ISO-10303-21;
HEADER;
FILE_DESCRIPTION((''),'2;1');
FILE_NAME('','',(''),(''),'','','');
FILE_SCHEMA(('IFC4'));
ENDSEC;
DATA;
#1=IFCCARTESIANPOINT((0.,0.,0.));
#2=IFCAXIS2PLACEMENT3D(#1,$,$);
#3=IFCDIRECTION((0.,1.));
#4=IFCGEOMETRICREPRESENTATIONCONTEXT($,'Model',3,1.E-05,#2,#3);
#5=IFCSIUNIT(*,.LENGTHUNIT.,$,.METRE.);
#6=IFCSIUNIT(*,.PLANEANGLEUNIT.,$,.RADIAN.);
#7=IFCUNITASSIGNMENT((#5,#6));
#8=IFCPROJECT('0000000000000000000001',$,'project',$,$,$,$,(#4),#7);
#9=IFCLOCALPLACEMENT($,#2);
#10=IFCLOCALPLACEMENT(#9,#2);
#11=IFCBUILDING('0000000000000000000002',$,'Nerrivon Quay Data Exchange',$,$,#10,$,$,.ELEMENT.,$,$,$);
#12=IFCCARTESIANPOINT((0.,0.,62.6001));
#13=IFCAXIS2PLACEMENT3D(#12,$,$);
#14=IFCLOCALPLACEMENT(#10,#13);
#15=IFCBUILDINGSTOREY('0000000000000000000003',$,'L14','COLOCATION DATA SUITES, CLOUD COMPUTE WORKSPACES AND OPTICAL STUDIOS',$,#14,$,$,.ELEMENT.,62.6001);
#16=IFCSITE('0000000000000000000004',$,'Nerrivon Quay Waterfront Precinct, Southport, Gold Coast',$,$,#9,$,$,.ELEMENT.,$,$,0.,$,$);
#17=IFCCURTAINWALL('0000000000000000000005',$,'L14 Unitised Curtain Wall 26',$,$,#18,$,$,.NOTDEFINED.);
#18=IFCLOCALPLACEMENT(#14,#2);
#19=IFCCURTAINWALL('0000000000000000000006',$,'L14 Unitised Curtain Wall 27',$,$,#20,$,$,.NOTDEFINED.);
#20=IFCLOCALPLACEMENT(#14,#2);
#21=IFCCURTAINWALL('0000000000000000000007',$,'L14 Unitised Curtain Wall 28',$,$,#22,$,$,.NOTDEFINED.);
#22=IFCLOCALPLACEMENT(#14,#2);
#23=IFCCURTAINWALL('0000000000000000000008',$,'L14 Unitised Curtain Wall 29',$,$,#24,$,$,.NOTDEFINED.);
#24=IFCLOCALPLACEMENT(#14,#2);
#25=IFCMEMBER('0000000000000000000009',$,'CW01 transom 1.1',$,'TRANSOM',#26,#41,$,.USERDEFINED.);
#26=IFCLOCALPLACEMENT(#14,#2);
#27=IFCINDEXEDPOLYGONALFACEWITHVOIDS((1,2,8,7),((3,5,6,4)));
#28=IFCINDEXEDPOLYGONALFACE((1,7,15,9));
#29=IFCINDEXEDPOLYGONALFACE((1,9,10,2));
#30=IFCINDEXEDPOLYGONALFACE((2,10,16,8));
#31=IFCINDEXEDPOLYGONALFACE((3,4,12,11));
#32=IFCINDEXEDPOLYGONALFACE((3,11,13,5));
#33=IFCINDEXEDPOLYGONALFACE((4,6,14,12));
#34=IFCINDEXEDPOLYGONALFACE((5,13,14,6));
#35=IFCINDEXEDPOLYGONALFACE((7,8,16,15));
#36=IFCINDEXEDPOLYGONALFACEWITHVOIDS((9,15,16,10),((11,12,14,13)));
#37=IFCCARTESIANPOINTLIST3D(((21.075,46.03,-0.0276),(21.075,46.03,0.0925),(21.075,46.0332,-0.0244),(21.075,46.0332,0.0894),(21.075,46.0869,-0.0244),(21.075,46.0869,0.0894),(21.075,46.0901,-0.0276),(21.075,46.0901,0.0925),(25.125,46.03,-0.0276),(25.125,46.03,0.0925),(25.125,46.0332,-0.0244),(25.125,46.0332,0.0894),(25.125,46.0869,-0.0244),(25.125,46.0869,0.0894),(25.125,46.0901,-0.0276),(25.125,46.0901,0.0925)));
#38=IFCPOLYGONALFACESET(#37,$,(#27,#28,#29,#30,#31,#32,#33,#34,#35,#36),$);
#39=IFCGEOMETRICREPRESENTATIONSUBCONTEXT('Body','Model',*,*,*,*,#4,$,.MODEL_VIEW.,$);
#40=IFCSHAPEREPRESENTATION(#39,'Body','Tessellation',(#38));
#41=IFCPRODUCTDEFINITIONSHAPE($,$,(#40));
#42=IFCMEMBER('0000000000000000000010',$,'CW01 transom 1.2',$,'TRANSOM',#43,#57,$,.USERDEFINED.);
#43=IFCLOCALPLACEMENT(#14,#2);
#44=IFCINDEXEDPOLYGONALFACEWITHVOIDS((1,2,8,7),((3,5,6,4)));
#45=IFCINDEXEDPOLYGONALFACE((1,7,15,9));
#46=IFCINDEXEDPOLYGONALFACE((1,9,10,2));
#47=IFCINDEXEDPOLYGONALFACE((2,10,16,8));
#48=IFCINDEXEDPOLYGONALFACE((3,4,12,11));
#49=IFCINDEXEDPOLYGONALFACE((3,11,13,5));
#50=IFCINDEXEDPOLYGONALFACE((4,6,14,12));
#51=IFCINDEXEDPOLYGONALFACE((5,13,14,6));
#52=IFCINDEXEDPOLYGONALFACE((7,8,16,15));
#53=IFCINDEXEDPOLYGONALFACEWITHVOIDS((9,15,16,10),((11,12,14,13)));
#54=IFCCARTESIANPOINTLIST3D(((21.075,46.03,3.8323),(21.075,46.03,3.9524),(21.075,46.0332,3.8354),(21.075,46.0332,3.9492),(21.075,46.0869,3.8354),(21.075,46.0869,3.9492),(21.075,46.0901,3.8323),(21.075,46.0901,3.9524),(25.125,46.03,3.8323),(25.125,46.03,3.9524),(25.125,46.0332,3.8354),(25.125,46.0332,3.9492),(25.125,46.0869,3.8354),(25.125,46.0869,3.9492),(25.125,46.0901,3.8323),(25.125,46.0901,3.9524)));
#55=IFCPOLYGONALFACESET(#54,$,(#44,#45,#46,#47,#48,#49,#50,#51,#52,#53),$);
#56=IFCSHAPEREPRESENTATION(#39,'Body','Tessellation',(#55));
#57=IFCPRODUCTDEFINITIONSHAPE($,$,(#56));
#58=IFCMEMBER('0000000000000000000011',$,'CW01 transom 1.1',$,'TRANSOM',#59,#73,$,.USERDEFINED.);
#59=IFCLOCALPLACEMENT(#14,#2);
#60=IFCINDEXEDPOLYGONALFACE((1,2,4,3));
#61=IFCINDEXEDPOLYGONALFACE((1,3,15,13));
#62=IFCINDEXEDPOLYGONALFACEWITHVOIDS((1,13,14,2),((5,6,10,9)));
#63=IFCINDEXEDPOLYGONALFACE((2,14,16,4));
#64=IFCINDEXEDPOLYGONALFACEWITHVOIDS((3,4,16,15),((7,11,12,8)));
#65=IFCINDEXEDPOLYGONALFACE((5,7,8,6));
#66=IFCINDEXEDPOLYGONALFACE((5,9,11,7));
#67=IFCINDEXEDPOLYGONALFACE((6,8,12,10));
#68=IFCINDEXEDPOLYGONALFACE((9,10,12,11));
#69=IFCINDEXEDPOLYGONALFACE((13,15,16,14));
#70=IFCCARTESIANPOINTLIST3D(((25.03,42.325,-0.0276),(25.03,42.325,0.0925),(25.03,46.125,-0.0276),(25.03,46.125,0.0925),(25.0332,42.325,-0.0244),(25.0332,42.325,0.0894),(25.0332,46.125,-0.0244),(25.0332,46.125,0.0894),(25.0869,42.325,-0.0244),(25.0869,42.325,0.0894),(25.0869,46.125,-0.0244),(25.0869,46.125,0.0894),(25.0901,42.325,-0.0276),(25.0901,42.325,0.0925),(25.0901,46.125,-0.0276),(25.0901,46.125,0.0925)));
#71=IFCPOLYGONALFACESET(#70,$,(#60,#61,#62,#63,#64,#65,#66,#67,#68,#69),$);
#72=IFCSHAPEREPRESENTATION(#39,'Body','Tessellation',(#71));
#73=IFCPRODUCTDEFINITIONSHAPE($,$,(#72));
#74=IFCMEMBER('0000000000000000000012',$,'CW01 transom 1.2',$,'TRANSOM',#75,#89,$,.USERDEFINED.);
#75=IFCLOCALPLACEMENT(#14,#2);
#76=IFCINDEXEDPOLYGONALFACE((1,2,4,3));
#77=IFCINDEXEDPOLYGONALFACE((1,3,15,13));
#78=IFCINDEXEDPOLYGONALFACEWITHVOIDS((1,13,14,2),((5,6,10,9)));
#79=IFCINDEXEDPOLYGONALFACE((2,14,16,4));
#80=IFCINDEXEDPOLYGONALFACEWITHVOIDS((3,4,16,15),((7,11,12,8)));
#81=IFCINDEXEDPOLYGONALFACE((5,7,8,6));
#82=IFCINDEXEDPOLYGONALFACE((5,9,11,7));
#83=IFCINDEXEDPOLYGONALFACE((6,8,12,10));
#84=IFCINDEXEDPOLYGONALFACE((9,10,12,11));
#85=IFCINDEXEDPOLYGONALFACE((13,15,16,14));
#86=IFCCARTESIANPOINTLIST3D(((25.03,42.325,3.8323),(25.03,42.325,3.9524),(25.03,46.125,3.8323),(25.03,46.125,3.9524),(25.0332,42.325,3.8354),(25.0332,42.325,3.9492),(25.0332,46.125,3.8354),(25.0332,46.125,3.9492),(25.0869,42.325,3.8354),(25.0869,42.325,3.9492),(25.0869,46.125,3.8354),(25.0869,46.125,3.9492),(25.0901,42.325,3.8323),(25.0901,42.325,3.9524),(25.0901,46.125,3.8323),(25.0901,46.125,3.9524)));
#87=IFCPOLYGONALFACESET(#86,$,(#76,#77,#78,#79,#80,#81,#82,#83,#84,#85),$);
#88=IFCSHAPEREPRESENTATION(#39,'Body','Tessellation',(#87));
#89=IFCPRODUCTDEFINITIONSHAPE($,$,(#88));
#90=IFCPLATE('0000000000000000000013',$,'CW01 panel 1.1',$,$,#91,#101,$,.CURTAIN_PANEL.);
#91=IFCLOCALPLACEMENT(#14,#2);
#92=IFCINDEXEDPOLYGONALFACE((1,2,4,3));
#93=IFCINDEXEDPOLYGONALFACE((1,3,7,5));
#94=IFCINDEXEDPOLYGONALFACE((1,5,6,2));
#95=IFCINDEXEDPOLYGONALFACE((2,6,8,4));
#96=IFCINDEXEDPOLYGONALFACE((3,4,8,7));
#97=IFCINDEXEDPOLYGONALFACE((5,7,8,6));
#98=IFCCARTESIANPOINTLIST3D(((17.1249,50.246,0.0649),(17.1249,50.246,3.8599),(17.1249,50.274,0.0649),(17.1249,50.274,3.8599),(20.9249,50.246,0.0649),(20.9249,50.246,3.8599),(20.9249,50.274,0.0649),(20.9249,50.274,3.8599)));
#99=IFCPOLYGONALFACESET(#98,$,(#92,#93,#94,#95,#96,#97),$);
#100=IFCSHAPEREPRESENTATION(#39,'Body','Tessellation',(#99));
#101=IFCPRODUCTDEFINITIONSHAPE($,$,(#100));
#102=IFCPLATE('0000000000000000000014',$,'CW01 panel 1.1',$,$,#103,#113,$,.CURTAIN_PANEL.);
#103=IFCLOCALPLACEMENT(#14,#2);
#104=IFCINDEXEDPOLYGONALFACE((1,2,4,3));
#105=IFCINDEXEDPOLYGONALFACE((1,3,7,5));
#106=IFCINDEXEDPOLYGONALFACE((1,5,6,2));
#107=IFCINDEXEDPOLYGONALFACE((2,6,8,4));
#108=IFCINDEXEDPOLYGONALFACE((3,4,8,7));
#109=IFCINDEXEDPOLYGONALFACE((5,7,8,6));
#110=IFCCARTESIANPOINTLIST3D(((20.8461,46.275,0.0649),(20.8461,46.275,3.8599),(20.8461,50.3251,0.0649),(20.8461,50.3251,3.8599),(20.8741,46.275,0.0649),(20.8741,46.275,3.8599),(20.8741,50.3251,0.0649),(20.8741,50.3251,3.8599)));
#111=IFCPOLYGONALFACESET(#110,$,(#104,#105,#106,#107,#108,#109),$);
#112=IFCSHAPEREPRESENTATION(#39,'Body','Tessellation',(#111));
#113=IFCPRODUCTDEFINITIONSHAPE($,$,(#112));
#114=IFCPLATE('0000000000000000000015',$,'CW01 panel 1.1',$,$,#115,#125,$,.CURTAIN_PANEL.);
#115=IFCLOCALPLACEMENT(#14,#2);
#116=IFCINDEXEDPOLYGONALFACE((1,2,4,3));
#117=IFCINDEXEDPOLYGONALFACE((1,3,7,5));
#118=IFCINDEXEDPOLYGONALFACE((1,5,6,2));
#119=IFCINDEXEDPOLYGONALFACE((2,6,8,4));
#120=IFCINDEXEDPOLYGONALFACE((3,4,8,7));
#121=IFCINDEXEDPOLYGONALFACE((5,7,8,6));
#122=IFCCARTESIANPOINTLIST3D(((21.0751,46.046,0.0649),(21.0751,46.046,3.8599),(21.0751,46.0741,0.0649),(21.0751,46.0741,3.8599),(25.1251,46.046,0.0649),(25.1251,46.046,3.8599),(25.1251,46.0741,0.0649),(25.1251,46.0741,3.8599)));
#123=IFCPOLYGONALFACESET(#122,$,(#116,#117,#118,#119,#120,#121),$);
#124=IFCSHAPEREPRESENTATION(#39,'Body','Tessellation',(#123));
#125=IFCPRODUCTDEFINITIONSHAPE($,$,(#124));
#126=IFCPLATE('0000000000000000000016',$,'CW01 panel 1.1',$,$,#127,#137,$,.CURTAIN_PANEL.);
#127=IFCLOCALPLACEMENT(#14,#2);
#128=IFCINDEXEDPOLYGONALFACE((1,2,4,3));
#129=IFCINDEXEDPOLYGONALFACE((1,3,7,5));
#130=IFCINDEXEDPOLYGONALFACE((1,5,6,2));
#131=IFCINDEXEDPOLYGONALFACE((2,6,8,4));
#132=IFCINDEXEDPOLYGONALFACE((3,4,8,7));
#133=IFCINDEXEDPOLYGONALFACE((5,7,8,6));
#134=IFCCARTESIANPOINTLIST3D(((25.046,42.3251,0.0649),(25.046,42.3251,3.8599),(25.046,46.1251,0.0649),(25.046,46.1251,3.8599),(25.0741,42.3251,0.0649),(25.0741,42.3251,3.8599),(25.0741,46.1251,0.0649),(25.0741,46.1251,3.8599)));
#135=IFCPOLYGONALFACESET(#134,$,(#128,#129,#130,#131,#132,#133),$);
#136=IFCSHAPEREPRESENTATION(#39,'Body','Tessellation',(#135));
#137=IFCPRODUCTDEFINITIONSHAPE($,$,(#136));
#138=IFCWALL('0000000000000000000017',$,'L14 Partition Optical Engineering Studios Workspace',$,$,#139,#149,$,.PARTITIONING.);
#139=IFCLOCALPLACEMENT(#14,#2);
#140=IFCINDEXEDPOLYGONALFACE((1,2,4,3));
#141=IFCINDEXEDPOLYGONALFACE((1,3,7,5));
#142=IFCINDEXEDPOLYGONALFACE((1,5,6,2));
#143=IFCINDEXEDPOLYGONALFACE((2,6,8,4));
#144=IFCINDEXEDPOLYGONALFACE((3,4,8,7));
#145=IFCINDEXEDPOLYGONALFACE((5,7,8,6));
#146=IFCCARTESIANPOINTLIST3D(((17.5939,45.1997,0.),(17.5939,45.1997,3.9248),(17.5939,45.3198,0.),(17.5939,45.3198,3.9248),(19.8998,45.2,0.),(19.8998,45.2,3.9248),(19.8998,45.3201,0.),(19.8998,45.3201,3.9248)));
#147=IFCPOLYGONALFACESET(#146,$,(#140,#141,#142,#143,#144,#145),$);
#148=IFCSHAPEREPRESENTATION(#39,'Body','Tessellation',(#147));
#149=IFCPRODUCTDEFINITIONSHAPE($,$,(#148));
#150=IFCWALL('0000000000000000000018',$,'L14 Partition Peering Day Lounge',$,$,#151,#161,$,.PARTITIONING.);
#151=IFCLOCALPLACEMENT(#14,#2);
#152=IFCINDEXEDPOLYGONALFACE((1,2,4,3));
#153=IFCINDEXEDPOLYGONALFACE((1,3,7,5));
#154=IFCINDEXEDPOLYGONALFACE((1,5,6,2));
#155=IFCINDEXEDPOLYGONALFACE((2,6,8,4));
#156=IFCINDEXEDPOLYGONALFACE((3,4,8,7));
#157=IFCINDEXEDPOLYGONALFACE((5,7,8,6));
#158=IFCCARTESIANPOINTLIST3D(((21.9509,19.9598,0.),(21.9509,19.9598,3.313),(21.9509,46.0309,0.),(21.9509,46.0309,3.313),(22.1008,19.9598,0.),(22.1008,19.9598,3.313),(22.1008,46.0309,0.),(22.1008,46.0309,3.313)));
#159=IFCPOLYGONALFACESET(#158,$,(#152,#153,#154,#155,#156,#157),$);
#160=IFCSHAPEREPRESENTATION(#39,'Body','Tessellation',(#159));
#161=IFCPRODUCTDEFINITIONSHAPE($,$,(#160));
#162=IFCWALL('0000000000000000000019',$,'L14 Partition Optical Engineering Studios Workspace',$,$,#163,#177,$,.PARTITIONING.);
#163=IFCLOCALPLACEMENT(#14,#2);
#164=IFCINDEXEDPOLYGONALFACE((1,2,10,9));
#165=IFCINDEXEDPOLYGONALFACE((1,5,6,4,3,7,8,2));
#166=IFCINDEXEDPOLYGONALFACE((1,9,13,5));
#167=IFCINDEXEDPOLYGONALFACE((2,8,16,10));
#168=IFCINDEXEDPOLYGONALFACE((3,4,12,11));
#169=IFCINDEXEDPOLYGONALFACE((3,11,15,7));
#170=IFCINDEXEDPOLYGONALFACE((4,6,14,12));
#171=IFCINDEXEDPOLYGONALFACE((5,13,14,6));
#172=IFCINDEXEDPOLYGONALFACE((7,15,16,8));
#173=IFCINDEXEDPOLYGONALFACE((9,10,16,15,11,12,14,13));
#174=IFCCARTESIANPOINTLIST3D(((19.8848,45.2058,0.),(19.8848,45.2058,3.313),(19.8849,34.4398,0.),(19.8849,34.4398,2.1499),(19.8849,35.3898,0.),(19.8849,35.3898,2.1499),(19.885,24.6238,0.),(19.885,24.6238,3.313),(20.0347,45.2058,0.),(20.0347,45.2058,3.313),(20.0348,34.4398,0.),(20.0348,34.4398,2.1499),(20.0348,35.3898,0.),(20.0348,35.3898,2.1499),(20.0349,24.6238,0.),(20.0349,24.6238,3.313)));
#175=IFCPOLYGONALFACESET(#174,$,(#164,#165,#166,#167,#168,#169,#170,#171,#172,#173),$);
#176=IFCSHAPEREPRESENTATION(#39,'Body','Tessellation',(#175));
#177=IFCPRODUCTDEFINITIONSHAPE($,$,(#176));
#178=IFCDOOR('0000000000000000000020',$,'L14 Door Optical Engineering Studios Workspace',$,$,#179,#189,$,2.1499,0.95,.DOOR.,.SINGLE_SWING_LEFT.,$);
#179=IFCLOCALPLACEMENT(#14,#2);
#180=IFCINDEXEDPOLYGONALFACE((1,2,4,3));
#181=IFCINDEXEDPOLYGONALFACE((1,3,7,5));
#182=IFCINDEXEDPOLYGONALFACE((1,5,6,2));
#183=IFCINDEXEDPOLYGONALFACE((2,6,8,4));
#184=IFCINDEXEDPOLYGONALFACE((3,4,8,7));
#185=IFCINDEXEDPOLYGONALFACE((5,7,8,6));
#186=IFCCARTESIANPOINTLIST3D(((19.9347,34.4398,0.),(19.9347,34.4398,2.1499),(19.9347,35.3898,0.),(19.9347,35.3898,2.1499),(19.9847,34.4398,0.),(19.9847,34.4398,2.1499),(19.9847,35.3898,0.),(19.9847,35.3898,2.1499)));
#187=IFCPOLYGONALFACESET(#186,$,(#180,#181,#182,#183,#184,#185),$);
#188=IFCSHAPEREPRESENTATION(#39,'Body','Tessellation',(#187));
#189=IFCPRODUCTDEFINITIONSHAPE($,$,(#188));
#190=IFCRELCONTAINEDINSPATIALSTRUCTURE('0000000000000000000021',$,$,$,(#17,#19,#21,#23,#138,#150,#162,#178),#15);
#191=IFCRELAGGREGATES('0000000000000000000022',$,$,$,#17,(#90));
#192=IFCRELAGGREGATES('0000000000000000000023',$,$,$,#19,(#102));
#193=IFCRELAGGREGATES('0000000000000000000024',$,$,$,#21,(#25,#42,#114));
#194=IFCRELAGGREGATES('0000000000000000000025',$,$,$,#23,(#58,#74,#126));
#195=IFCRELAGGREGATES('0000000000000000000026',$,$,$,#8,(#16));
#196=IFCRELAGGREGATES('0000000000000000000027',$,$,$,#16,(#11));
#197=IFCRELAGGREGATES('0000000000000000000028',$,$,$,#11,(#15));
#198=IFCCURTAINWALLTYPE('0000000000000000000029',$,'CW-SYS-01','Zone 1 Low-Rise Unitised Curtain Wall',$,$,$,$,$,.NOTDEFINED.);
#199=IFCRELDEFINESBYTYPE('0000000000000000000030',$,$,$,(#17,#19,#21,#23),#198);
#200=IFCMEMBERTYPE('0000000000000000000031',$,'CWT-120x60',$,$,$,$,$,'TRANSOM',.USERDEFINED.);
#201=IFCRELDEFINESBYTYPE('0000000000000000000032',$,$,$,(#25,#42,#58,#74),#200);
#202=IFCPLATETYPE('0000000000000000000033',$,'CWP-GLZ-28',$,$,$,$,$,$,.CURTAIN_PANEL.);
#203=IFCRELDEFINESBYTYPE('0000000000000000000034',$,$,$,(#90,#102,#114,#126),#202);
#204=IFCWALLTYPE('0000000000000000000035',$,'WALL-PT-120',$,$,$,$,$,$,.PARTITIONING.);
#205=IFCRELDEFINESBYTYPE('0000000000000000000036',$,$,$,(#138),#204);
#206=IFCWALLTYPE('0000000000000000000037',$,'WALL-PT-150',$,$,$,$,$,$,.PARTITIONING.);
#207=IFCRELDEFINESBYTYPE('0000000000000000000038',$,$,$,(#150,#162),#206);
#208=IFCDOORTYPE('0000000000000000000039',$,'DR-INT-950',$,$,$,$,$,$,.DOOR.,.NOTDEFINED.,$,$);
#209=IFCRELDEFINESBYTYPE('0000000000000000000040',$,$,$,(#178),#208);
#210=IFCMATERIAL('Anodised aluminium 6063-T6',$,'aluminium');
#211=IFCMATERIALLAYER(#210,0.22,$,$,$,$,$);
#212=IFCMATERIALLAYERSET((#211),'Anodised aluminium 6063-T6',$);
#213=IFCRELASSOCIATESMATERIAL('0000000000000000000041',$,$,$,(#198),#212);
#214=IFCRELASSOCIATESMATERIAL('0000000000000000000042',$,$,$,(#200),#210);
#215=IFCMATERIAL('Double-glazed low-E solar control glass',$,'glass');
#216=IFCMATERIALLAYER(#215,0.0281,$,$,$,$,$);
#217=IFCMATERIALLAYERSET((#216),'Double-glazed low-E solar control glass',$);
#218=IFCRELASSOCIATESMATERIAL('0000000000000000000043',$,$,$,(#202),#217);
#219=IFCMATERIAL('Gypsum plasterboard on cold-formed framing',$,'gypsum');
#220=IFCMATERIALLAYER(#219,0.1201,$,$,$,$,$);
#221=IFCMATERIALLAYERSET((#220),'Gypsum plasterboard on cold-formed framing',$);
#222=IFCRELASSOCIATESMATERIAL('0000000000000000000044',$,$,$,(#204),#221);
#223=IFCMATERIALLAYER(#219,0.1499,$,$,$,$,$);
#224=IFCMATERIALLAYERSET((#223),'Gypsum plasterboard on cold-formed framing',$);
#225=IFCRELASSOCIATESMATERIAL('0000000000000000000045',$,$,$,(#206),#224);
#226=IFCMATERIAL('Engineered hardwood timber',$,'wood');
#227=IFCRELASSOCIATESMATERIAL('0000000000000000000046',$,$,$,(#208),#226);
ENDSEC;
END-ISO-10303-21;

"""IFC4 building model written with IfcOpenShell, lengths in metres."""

from ifc_helpers import new_model, si_unit, direction, frame, frame_2d, origin, origin_2d, place, context, subcontext, project, spatial, rectangle, hollow_rectangle, extrude, material, layer, layer_set, material_profile, profile_set, type_object, element, fill, aggregate, save


model = new_model("IFC4")

# Units and contexts
model_context = context("Model", 3, precision=1e-05, world=origin(), true_north=direction((0.0, 1.0)))
body_context = subcontext(model_context, "Body", "Model", "MODEL_VIEW")
ifc_project = project(units=[si_unit("LENGTHUNIT", "METRE"), si_unit("PLANEANGLEUNIT", "RADIAN")], contexts=[model_context])

# Site, building, storey
site_placement = place(None, origin())
site = spatial("IfcSite", under=ifc_project, at=site_placement, Name="Nerrivon Quay Waterfront Precinct, Southport, Gold Coast", CompositionType="ELEMENT", RefElevation=0.0)
building_placement = place(site_placement, origin())
building = spatial("IfcBuilding", under=site, at=building_placement, Name="Nerrivon Quay Data Exchange", CompositionType="ELEMENT")
storey_placement = place(building_placement, frame((0.0, 0.0, 62.6001)))
storey = spatial("IfcBuildingStorey", under=building, at=storey_placement, Name="L14", Description="COLOCATION DATA SUITES, CLOUD COMPUTE WORKSPACES AND OPTICAL STUDIOS", CompositionType="ELEMENT", Elevation=62.6001)

# Curtain wall
ifc_material_1 = material(Name="Anodised aluminium 6063-T6", Category="aluminium")
ifc_layer_1 = layer(ifc_material_1, 0.22)
ifc_layer_set_1 = layer_set([ifc_layer_1], Name="Anodised aluminium 6063-T6")
curtain_wall_type = type_object("IfcCurtainWallType", Name="CW-SYS-01", Description="Zone 1 Low-Rise Unitised Curtain Wall", PredefinedType="NOTDEFINED", material=ifc_layer_set_1)
curtain_wall_1_placement = place(storey_placement, origin())
curtain_wall_1 = element("IfcCurtainWall", 1, at=curtain_wall_1_placement, inside=storey, type_object=curtain_wall_type, Name="L14 Unitised Curtain Wall 26", PredefinedType="NOTDEFINED")

# Curtain walls
curtain_wall_2_placement = place(storey_placement, origin())
curtain_wall_2 = element("IfcCurtainWall", 2, at=curtain_wall_2_placement, inside=storey, type_object=curtain_wall_type, Name="L14 Unitised Curtain Wall 27", PredefinedType="NOTDEFINED")
curtain_wall_3_placement = place(storey_placement, origin())
curtain_wall_3 = element("IfcCurtainWall", 3, at=curtain_wall_3_placement, inside=storey, type_object=curtain_wall_type, Name="L14 Unitised Curtain Wall 28", PredefinedType="NOTDEFINED")
curtain_wall_4_placement = place(storey_placement, origin())
curtain_wall_4 = element("IfcCurtainWall", 4, at=curtain_wall_4_placement, inside=storey, type_object=curtain_wall_type, Name="L14 Unitised Curtain Wall 29", PredefinedType="NOTDEFINED")

# Members
ifc_material_profile_1 = material_profile(ifc_material_1, hollow_rectangle(XDim=0.0601, YDim=0.1201, WallThickness=0.0032, at=origin_2d()), Name="ALU-TRAN-120x60")
ifc_profile_set_1 = profile_set([ifc_material_profile_1], Name="Anodised aluminium 6063-T6")
member_type_1 = type_object("IfcMemberType", Name="CWT-120x60", ElementType="TRANSOM", PredefinedType="USERDEFINED", material=ifc_profile_set_1)
member_1_placement = place(storey_placement, frame((21.075, 46.0601, 0.0325), z_axis=(1.0, 0.0, 0.0), x_axis=(0.0, 1.0, 0.0)))
member_1 = element("IfcMember", 5, at=member_1_placement, type_object=member_type_1, Name="CW01 transom 1.1", ObjectType="TRANSOM", PredefinedType="USERDEFINED", context=body_context, shape_type="SweptSolid", body=[
    extrude(hollow_rectangle(XDim=0.0601, YDim=0.1201, WallThickness=0.0032, at=origin_2d()), origin(), (0.0, 0.0, 1.0), 4.05),
])
member_2_placement = place(storey_placement, frame((21.075, 46.0601, 3.8923), z_axis=(1.0, 0.0, 0.0), x_axis=(0.0, 1.0, 0.0)))
member_2 = element("IfcMember", 6, at=member_2_placement, type_object=member_type_1, Name="CW01 transom 1.2", ObjectType="TRANSOM", PredefinedType="USERDEFINED", context=body_context, shape_type="SweptSolid", body=[
    extrude(hollow_rectangle(XDim=0.0601, YDim=0.1201, WallThickness=0.0032, at=origin_2d()), origin(), (0.0, 0.0, 1.0), 4.05),
])
member_3_placement = place(storey_placement, frame((25.0601, 46.125, 0.0325), z_axis=(0.0, -1.0, 0.0), x_axis=(1.0, 0.0, 0.0)))
member_3 = element("IfcMember", 7, at=member_3_placement, type_object=member_type_1, Name="CW01 transom 1.1", ObjectType="TRANSOM", PredefinedType="USERDEFINED", context=body_context, shape_type="SweptSolid", body=[
    extrude(hollow_rectangle(XDim=0.0601, YDim=0.1201, WallThickness=0.0032, at=origin_2d()), origin(), (0.0, 0.0, 1.0), 3.8),
])
member_4_placement = place(storey_placement, frame((25.0601, 46.125, 3.8923), z_axis=(0.0, -1.0, 0.0), x_axis=(1.0, 0.0, 0.0)))
member_4 = element("IfcMember", 8, at=member_4_placement, type_object=member_type_1, Name="CW01 transom 1.2", ObjectType="TRANSOM", PredefinedType="USERDEFINED", context=body_context, shape_type="SweptSolid", body=[
    extrude(hollow_rectangle(XDim=0.0601, YDim=0.1201, WallThickness=0.0032, at=origin_2d()), origin(), (0.0, 0.0, 1.0), 3.8),
])

# Plates
ifc_material_2 = material(Name="Double-glazed low-E solar control glass", Category="glass")
ifc_layer_2 = layer(ifc_material_2, 0.0281)
ifc_layer_set_2 = layer_set([ifc_layer_2], Name="Double-glazed low-E solar control glass")
plate_type = type_object("IfcPlateType", Name="CWP-GLZ-28", PredefinedType="CURTAIN_PANEL", material=ifc_layer_set_2)
plate_1_placement = place(storey_placement, frame((19.0249, 50.26, 0.0649), z_axis=(0.0, 0.0, 1.0), x_axis=(1.0, 0.0, 0.0)))
plate_1 = element("IfcPlate", 9, at=plate_1_placement, type_object=plate_type, Name="CW01 panel 1.1", PredefinedType="CURTAIN_PANEL", context=body_context, shape_type="SweptSolid", body=[
    extrude(rectangle(XDim=3.8, YDim=0.0281, at=origin_2d()), origin(), (0.0, 0.0, 1.0), 3.7949),
])
aggregate(curtain_wall_1, [plate_1])
plate_2_placement = place(storey_placement, frame((20.8601, 48.3, 0.0649), z_axis=(0.0, 0.0, 1.0), x_axis=(0.0, -1.0, 0.0)))
plate_2 = element("IfcPlate", 10, at=plate_2_placement, type_object=plate_type, Name="CW01 panel 1.1", PredefinedType="CURTAIN_PANEL", context=body_context, shape_type="SweptSolid", body=[
    extrude(rectangle(XDim=4.05, YDim=0.0281, at=origin_2d()), origin(), (0.0, 0.0, 1.0), 3.7949),
])
aggregate(curtain_wall_2, [plate_2])
plate_3_placement = place(storey_placement, frame((23.1001, 46.0601, 0.0649), z_axis=(0.0, 0.0, 1.0), x_axis=(1.0, 0.0, 0.0)))
plate_3 = element("IfcPlate", 11, at=plate_3_placement, type_object=plate_type, Name="CW01 panel 1.1", PredefinedType="CURTAIN_PANEL", context=body_context, shape_type="SweptSolid", body=[
    extrude(rectangle(XDim=4.05, YDim=0.0281, at=origin_2d()), origin(), (0.0, 0.0, 1.0), 3.7949),
])
aggregate(curtain_wall_3, [member_1, member_2, plate_3])
plate_4_placement = place(storey_placement, frame((25.0601, 44.2251, 0.0649), z_axis=(0.0, 0.0, 1.0), x_axis=(0.0, -1.0, 0.0)))
plate_4 = element("IfcPlate", 12, at=plate_4_placement, type_object=plate_type, Name="CW01 panel 1.1", PredefinedType="CURTAIN_PANEL", context=body_context, shape_type="SweptSolid", body=[
    extrude(rectangle(XDim=3.8, YDim=0.0281, at=origin_2d()), origin(), (0.0, 0.0, 1.0), 3.7949),
])
aggregate(curtain_wall_4, [member_3, member_4, plate_4])

# Walls
ifc_material_3 = material(Name="Gypsum plasterboard on cold-formed framing", Category="gypsum")
ifc_layer_3 = layer(ifc_material_3, 0.1201)
ifc_layer_set_3 = layer_set([ifc_layer_3], Name="Gypsum plasterboard on cold-formed framing")
wall_type_1 = type_object("IfcWallType", Name="WALL-PT-120", PredefinedType="PARTITIONING", material=ifc_layer_set_3)
wall_1_placement = place(storey_placement, frame((17.594, 45.2598, 0.0), z_axis=(0.0, 0.0, 1.0), x_axis=(1.0, 0.000106, 0.0)))
element("IfcWall", 13, at=wall_1_placement, inside=storey, type_object=wall_type_1, Name="L14 Partition Optical Engineering Studios Workspace", PredefinedType="PARTITIONING", context=body_context, shape_type="SweptSolid", body=[
    extrude(rectangle(XDim=2.3059, YDim=0.1201, at=frame_2d((1.1528, 0.0))), origin(), (0.0, 0.0, 1.0), 3.9248),
])
ifc_layer_4 = layer(ifc_material_3, 0.1499)
ifc_layer_set_4 = layer_set([ifc_layer_4], Name="Gypsum plasterboard on cold-formed framing")
wall_type_2 = type_object("IfcWallType", Name="WALL-PT-150", PredefinedType="PARTITIONING", material=ifc_layer_set_4)
wall_2_placement = place(storey_placement, frame((22.0259, 46.031, 0.0), z_axis=(0.0, 0.0, 1.0), x_axis=(0.0, -1.0, 0.0)))
element("IfcWall", 14, at=wall_2_placement, inside=storey, type_object=wall_type_2, Name="L14 Partition Peering Day Lounge", PredefinedType="PARTITIONING", context=body_context, shape_type="SweptSolid", body=[
    extrude(rectangle(XDim=26.071, YDim=0.1499, at=frame_2d((13.0356, 0.0))), origin(), (0.0, 0.0, 1.0), 3.313),
])

# Wall, opening, door
wall_3_placement = place(storey_placement, frame((19.9597, 45.2058, 0.0), z_axis=(0.0, 0.0, 1.0), x_axis=(0.000012, -1.0, 0.0)))
wall_3 = element("IfcWall", 15, at=wall_3_placement, inside=storey, type_object=wall_type_2, Name="L14 Partition Optical Engineering Studios Workspace", PredefinedType="PARTITIONING", context=body_context, shape_type="SweptSolid", body=[
    extrude(rectangle(XDim=20.582, YDim=0.1499, at=frame_2d((10.291, 0.0))), origin(), (0.0, 0.0, 1.0), 3.313),
])
opening_placement = place(wall_3_placement, frame((9.8159, 0.0, 0.0)))
opening = element("IfcOpeningElement", 16, at=opening_placement, cuts=wall_3, PredefinedType="OPENING", context=body_context, shape_type="SweptSolid", body=[
    extrude(rectangle(XDim=0.95, YDim=2.1499, at=frame_2d((0.4751, 1.075))), frame((0.0, 0.085, 0.0), z_axis=(0.0, -1.0, 0.0), x_axis=(1.0, 0.0, 0.0)), (0.0, 0.0, 1.0), 0.1699),
])
ifc_material_4 = material(Name="Engineered hardwood timber", Category="wood")
door_type = type_object("IfcDoorType", Name="DR-INT-950", OperationType="NOTDEFINED", PredefinedType="DOOR", material=ifc_material_4)
door_placement = place(opening_placement, origin())
door = element("IfcDoor", 17, at=door_placement, inside=storey, type_object=door_type, Name="L14 Door Optical Engineering Studios Workspace", OperationType="SINGLE_SWING_LEFT", OverallHeight=2.1499, OverallWidth=0.95, PredefinedType="DOOR", context=body_context, shape_type="SweptSolid", body=[
    extrude(rectangle(XDim=0.95, YDim=2.1499, at=frame_2d((0.4751, 1.075))), frame((0.0, 0.0249, 0.0), z_axis=(0.0, -1.0, 0.0), x_axis=(1.0, 0.0, 0.0)), (0.0, 0.0, 1.0), 0.05),
])
fill(opening, door)

save(model, "model.ifc")
